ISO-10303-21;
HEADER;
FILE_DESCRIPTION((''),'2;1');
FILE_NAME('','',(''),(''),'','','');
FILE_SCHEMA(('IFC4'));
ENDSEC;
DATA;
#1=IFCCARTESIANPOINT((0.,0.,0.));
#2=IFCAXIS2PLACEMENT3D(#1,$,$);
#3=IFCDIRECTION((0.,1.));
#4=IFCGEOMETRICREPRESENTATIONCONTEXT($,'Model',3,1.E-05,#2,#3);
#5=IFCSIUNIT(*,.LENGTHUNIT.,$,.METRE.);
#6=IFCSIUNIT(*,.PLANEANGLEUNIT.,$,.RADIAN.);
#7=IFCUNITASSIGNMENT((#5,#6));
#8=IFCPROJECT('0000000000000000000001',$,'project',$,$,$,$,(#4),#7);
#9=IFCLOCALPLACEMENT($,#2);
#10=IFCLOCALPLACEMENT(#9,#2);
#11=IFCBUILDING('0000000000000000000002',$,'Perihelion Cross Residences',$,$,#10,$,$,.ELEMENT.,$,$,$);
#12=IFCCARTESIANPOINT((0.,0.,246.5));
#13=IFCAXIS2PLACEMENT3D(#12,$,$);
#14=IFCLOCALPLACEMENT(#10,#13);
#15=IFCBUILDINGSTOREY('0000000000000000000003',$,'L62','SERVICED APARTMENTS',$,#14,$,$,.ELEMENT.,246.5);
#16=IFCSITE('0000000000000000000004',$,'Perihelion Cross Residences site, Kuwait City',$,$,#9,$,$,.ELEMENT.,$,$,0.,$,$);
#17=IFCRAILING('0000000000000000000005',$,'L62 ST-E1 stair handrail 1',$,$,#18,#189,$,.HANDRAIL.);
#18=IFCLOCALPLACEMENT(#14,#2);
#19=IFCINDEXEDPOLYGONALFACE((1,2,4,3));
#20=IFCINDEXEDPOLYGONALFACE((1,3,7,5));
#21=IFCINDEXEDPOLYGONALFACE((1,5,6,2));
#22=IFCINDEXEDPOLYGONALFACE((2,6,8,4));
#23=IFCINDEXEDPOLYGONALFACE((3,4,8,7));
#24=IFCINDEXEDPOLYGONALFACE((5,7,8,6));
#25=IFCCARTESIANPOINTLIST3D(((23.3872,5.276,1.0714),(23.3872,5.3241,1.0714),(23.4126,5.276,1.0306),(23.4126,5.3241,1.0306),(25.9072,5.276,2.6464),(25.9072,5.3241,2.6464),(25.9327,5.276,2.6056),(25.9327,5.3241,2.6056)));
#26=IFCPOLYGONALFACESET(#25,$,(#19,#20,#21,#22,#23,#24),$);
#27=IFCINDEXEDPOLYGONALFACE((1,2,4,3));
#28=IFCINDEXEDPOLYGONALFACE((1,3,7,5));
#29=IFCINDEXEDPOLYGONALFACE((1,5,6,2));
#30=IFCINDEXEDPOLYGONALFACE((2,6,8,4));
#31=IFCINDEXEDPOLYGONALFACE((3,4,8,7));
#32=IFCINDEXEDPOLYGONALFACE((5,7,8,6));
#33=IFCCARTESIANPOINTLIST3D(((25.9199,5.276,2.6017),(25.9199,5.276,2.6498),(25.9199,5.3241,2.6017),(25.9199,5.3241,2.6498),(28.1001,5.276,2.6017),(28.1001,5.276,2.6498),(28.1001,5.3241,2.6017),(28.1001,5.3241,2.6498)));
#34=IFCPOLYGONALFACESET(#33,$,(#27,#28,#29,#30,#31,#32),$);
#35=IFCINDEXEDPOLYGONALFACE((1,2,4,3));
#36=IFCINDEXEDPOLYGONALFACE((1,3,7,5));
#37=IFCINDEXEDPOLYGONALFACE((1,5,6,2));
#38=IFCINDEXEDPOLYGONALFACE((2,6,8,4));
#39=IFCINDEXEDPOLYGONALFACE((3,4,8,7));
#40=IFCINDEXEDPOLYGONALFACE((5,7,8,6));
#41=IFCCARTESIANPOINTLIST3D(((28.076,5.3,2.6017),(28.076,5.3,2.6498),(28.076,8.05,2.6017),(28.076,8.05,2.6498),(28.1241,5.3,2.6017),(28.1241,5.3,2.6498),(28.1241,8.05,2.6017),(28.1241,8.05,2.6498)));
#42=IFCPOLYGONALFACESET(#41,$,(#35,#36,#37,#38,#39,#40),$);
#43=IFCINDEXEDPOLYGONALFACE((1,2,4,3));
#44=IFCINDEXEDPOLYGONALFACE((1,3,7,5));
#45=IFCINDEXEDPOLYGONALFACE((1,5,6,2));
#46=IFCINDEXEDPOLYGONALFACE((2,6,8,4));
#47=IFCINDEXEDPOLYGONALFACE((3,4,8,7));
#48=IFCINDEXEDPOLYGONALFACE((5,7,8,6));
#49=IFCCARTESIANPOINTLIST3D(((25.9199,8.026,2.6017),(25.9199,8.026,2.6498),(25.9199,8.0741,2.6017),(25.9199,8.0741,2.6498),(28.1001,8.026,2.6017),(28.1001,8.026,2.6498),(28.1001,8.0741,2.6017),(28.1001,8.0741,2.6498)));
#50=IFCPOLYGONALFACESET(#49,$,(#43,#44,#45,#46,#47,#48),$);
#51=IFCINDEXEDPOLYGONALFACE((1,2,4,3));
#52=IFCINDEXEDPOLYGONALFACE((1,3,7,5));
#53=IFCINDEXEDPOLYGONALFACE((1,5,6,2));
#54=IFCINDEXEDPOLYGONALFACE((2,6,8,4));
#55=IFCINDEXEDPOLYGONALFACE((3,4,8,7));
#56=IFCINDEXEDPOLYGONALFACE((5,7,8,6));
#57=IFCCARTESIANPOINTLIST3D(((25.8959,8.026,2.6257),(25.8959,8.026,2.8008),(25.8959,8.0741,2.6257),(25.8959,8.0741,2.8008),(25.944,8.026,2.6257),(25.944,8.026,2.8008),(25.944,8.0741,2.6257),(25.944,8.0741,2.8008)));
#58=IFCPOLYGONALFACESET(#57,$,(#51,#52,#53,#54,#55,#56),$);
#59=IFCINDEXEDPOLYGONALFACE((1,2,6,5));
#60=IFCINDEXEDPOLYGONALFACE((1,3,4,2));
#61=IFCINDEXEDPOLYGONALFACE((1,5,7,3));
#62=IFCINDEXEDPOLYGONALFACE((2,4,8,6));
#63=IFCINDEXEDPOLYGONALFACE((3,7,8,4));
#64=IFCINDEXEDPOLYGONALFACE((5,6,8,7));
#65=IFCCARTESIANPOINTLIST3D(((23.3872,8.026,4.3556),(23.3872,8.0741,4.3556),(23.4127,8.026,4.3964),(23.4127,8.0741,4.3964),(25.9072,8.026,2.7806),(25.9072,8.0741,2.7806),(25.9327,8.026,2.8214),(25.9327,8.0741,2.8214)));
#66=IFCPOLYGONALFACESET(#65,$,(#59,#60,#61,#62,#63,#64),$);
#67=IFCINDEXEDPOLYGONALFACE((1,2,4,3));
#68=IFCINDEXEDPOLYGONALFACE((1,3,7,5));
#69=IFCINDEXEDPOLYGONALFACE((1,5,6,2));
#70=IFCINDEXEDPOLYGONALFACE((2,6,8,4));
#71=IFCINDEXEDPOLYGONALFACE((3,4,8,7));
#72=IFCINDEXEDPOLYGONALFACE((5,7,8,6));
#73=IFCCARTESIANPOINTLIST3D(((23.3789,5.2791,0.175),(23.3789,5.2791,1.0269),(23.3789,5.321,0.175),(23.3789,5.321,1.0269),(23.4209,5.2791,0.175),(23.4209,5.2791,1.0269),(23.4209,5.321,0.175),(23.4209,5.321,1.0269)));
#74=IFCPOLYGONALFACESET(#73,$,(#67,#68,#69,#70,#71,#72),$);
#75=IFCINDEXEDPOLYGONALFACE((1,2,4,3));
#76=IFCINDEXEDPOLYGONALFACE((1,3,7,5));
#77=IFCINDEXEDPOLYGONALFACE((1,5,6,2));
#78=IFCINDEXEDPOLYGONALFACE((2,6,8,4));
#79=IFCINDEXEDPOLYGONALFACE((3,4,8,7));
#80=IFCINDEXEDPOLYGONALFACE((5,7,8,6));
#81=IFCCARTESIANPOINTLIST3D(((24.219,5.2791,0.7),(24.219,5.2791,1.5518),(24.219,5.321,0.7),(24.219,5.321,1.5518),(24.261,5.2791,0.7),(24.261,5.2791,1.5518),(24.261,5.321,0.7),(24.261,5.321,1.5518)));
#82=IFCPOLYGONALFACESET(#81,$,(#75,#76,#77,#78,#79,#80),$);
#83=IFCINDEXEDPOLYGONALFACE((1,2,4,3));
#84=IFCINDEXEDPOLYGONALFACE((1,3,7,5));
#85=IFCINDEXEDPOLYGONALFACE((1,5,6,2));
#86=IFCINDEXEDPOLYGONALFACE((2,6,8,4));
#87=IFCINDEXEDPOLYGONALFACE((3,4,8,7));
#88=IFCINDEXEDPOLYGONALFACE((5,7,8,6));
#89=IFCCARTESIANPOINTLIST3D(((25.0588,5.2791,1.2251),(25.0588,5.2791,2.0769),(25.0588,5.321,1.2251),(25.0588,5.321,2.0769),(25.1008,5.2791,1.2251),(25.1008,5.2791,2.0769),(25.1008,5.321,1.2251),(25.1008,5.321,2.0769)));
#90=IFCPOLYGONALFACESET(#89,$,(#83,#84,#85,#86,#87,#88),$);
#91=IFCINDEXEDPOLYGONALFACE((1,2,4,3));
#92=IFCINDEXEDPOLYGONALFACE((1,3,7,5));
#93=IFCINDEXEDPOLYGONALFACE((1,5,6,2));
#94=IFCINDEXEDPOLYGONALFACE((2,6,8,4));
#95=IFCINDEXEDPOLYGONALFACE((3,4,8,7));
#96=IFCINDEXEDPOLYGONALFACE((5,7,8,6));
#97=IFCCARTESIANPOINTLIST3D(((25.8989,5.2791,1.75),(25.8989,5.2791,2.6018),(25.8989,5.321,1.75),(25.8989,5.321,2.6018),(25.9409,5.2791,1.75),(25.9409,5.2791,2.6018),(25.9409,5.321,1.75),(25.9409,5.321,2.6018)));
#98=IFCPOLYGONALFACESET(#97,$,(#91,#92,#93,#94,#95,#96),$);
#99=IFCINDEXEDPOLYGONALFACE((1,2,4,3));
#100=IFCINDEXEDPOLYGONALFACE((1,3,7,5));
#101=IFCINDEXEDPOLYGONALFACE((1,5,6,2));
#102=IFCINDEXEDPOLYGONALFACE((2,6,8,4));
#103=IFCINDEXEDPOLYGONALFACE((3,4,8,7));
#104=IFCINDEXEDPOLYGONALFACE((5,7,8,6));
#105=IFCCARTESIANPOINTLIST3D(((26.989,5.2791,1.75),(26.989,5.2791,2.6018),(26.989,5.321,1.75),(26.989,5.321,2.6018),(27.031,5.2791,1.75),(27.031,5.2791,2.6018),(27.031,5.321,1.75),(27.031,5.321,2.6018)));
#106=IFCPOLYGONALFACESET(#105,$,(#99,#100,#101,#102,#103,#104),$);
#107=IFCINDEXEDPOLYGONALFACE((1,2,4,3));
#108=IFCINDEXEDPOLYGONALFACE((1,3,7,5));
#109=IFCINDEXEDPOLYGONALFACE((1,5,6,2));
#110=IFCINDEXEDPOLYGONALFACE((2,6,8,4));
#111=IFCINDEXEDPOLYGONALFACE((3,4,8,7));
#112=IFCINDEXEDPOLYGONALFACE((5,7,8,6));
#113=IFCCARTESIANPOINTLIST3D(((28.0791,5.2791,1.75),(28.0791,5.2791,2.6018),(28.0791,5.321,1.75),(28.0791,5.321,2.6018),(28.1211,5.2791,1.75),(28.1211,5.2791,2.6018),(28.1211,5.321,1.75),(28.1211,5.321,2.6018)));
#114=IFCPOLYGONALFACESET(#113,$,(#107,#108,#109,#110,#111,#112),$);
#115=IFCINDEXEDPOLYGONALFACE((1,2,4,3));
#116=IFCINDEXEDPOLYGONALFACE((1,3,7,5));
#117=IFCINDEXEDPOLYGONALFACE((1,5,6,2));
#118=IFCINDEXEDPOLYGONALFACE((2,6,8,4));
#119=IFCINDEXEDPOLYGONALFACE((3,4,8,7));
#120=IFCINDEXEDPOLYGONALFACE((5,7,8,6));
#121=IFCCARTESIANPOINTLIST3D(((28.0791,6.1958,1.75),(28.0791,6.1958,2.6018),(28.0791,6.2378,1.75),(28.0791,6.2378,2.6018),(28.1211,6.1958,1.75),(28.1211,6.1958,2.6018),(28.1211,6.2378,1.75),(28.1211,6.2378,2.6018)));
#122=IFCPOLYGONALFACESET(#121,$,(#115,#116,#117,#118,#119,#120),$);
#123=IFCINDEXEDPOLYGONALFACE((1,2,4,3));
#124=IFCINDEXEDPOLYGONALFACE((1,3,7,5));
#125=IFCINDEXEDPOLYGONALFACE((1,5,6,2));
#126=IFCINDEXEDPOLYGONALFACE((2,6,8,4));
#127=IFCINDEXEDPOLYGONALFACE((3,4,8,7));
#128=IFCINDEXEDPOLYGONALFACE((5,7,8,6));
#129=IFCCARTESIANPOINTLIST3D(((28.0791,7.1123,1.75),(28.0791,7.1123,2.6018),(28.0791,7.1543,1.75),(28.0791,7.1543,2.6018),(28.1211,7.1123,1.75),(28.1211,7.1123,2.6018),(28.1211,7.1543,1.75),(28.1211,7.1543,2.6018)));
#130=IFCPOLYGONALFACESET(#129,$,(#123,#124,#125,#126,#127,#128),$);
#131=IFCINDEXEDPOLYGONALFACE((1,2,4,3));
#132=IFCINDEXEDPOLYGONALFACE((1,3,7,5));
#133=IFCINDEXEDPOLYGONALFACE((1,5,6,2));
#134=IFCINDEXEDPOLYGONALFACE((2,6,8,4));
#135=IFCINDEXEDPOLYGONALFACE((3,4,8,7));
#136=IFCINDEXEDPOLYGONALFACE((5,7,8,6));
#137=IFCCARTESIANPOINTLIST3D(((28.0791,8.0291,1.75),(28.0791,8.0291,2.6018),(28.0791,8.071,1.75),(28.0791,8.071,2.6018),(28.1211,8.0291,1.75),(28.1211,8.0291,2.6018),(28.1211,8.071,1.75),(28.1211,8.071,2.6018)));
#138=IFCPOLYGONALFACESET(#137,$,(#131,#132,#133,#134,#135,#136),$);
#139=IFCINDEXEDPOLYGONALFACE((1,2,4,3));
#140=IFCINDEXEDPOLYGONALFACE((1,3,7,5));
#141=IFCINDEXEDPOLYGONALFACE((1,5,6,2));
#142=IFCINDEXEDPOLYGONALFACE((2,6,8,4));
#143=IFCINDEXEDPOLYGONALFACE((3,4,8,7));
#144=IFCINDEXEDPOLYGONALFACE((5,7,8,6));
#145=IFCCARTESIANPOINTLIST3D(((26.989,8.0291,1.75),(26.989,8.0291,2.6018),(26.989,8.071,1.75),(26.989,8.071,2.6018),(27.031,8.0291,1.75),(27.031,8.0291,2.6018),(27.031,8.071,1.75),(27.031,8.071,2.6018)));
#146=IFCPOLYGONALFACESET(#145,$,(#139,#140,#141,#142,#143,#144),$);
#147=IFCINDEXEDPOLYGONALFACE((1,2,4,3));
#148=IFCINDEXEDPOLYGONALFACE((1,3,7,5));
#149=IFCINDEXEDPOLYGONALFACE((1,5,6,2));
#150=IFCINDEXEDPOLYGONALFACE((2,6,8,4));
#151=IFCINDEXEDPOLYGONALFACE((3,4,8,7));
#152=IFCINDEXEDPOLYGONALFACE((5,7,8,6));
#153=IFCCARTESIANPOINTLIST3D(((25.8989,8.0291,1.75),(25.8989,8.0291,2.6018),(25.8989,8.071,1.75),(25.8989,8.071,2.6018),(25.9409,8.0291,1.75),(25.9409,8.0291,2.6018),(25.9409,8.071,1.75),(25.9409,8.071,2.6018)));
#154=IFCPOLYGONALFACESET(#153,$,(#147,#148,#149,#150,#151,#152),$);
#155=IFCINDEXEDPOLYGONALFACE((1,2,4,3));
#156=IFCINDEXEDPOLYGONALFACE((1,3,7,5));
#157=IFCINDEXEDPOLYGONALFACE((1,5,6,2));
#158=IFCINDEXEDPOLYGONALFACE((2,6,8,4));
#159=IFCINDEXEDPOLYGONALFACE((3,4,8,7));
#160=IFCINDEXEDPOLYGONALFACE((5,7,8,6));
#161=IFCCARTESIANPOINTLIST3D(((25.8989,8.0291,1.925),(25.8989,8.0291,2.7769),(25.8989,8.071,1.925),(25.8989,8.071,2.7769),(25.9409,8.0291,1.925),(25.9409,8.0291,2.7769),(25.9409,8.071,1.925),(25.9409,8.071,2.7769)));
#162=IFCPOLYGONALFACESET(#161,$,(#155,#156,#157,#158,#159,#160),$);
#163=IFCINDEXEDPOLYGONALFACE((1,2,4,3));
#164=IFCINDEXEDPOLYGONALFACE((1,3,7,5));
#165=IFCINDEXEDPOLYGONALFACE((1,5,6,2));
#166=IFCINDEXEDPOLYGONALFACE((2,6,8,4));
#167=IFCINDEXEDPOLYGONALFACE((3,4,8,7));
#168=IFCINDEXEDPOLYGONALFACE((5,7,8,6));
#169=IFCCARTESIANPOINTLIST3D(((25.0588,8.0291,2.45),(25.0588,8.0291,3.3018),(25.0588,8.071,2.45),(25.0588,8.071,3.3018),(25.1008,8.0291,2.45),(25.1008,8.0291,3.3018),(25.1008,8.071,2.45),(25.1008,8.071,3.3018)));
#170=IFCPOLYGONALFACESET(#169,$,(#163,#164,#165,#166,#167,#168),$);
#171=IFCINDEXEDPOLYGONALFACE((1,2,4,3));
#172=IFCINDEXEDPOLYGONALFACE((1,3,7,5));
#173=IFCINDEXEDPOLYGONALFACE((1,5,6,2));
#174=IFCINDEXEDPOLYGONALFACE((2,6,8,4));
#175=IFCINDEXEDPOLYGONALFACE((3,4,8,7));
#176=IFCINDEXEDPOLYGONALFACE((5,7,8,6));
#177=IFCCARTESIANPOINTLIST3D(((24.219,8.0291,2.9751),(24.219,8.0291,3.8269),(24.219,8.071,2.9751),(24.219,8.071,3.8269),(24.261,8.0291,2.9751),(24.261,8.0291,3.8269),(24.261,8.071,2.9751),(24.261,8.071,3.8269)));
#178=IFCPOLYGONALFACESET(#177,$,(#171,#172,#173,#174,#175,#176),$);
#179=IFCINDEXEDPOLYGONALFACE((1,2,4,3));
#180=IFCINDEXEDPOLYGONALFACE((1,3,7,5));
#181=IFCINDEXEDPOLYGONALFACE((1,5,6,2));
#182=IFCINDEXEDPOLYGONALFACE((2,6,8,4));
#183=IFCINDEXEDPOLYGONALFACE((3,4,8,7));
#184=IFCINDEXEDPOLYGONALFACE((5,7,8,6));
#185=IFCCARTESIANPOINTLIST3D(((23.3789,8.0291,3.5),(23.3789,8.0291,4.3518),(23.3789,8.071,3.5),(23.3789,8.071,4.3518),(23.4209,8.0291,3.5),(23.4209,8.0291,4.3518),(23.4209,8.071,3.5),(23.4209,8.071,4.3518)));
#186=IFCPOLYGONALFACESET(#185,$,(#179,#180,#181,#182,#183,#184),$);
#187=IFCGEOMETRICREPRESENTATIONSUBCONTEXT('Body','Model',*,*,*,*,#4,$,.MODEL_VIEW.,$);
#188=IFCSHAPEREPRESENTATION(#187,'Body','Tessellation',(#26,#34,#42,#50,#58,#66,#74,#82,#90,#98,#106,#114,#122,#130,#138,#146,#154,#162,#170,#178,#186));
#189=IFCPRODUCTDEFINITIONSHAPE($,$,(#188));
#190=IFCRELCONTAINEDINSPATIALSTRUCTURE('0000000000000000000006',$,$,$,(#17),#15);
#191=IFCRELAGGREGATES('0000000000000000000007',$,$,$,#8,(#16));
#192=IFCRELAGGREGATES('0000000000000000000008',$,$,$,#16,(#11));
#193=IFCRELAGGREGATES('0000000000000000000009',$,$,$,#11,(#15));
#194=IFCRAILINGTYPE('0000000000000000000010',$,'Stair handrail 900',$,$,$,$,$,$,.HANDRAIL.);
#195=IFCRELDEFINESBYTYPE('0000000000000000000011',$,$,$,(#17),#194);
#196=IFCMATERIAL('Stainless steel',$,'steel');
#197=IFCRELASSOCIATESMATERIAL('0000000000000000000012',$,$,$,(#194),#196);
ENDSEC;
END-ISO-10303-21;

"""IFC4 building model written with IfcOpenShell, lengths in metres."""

from ifc_helpers import new_model, si_unit, direction, frame, origin, origin_2d, place, context, subcontext, project, spatial, rectangle, extrude, material, type_object, element, save


model = new_model("IFC4")

# Units and contexts
model_context = context("Model", 3, precision=1e-05, world=origin(), true_north=direction((0.0, 1.0)))
body_context = subcontext(model_context, "Body", "Model", "MODEL_VIEW")
ifc_project = project(units=[si_unit("LENGTHUNIT", "METRE"), si_unit("PLANEANGLEUNIT", "RADIAN")], contexts=[model_context])

# Site, building, storey
site_placement = place(None, origin())
site = spatial("IfcSite", under=ifc_project, at=site_placement, Name="Perihelion Cross Residences site, Kuwait City", CompositionType="ELEMENT", RefElevation=0.0)
building_placement = place(site_placement, origin())
building = spatial("IfcBuilding", under=site, at=building_placement, Name="Perihelion Cross Residences", CompositionType="ELEMENT")
storey_placement = place(building_placement, frame((0.0, 0.0, 246.5)))
storey = spatial("IfcBuildingStorey", under=building, at=storey_placement, Name="L62", Description="SERVICED APARTMENTS", CompositionType="ELEMENT", Elevation=246.5)

# Railing
ifc_material_1 = material(Name="Stainless steel", Category="steel")
railing_type_1 = type_object("IfcRailingType", Name="Stair handrail 900", PredefinedType="HANDRAIL", material=ifc_material_1)
railing_1_placement = place(storey_placement, frame((23.3999, 5.3, 0.175)))
element("IfcRailing", 1, at=railing_1_placement, inside=storey, type_object=railing_type_1, Name="L62 ST-E1 stair handrail 1", PredefinedType="HANDRAIL", context=body_context, shape_type="SweptSolid", body=[
    extrude(rectangle(XDim=0.0481, YDim=0.0481, at=origin_2d()), frame((0.0, 0.0, 0.876), z_axis=(0.848008, 0.0, 0.529984), x_axis=(0.0, 1.0, 0.0)), (0.0, 0.0, 1.0), 2.9717),
    extrude(rectangle(XDim=0.0481, YDim=0.0481, at=origin_2d()), frame((2.52, 0.0, 2.4507), z_axis=(1.0, 0.0, 0.0), x_axis=(0.0, 1.0, 0.0)), (0.0, 0.0, 1.0), 2.1802),
    extrude(rectangle(XDim=0.0481, YDim=0.0481, at=origin_2d()), frame((4.7002, 0.0, 2.4507), z_axis=(0.0, 1.0, 0.0), x_axis=(-1.0, 0.0, 0.0)), (0.0, 0.0, 1.0), 2.75),
    extrude(rectangle(XDim=0.0481, YDim=0.0481, at=origin_2d()), frame((4.7002, 2.75, 2.4507), z_axis=(-1.0, 0.0, 0.0), x_axis=(0.0, -1.0, 0.0)), (0.0, 0.0, 1.0), 2.1802),
    extrude(rectangle(XDim=0.0481, YDim=0.0481, at=origin_2d()), frame((2.52, 2.75, 2.4507), z_axis=(0.0, 0.0, 1.0), x_axis=(1.0, 0.0, 0.0)), (0.0, 0.0, 1.0), 0.175),
    extrude(rectangle(XDim=0.0481, YDim=0.0481, at=origin_2d()), frame((2.52, 2.75, 2.626), z_axis=(-0.848008, 0.0, 0.529984), x_axis=(0.0, -1.0, 0.0)), (0.0, 0.0, 1.0), 2.9717),
    extrude(rectangle(XDim=0.042, YDim=0.042, at=origin_2d()), origin(), (0.0, 0.0, 1.0), 0.8518),
    extrude(rectangle(XDim=0.042, YDim=0.042, at=origin_2d()), frame((0.8401, 0.0, 0.5249)), (0.0, 0.0, 1.0), 0.8518),
    extrude(rectangle(XDim=0.042, YDim=0.042, at=origin_2d()), frame((1.6799, 0.0, 1.05)), (0.0, 0.0, 1.0), 0.8518),
    extrude(rectangle(XDim=0.042, YDim=0.042, at=origin_2d()), frame((2.52, 0.0, 1.575)), (0.0, 0.0, 1.0), 0.8518),
    extrude(rectangle(XDim=0.042, YDim=0.042, at=origin_2d()), frame((3.6101, 0.0, 1.575)), (0.0, 0.0, 1.0), 0.8518),
    extrude(rectangle(XDim=0.042, YDim=0.042, at=origin_2d()), frame((4.7002, 0.0, 1.575)), (0.0, 0.0, 1.0), 0.8518),
    extrude(rectangle(XDim=0.042, YDim=0.042, at=origin_2d()), frame((4.7002, 0.9167, 1.575)), (0.0, 0.0, 1.0), 0.8518),
    extrude(rectangle(XDim=0.042, YDim=0.042, at=origin_2d()), frame((4.7002, 1.8333, 1.575)), (0.0, 0.0, 1.0), 0.8518),
    extrude(rectangle(XDim=0.042, YDim=0.042, at=origin_2d()), frame((4.7002, 2.75, 1.575)), (0.0, 0.0, 1.0), 0.8518),
    extrude(rectangle(XDim=0.042, YDim=0.042, at=origin_2d()), frame((3.6101, 2.75, 1.575)), (0.0, 0.0, 1.0), 0.8518),
    extrude(rectangle(XDim=0.042, YDim=0.042, at=origin_2d()), frame((2.52, 2.75, 1.575)), (0.0, 0.0, 1.0), 0.8518),
    extrude(rectangle(XDim=0.042, YDim=0.042, at=origin_2d()), frame((2.52, 2.75, 1.75)), (0.0, 0.0, 1.0), 0.8518),
    extrude(rectangle(XDim=0.042, YDim=0.042, at=origin_2d()), frame((1.6799, 2.75, 2.2749)), (0.0, 0.0, 1.0), 0.8518),
    extrude(rectangle(XDim=0.042, YDim=0.042, at=origin_2d()), frame((0.8401, 2.75, 2.8)), (0.0, 0.0, 1.0), 0.8518),
    extrude(rectangle(XDim=0.042, YDim=0.042, at=origin_2d()), frame((0.0, 2.75, 3.325)), (0.0, 0.0, 1.0), 0.8518),
])

save(model, "model.ifc")
